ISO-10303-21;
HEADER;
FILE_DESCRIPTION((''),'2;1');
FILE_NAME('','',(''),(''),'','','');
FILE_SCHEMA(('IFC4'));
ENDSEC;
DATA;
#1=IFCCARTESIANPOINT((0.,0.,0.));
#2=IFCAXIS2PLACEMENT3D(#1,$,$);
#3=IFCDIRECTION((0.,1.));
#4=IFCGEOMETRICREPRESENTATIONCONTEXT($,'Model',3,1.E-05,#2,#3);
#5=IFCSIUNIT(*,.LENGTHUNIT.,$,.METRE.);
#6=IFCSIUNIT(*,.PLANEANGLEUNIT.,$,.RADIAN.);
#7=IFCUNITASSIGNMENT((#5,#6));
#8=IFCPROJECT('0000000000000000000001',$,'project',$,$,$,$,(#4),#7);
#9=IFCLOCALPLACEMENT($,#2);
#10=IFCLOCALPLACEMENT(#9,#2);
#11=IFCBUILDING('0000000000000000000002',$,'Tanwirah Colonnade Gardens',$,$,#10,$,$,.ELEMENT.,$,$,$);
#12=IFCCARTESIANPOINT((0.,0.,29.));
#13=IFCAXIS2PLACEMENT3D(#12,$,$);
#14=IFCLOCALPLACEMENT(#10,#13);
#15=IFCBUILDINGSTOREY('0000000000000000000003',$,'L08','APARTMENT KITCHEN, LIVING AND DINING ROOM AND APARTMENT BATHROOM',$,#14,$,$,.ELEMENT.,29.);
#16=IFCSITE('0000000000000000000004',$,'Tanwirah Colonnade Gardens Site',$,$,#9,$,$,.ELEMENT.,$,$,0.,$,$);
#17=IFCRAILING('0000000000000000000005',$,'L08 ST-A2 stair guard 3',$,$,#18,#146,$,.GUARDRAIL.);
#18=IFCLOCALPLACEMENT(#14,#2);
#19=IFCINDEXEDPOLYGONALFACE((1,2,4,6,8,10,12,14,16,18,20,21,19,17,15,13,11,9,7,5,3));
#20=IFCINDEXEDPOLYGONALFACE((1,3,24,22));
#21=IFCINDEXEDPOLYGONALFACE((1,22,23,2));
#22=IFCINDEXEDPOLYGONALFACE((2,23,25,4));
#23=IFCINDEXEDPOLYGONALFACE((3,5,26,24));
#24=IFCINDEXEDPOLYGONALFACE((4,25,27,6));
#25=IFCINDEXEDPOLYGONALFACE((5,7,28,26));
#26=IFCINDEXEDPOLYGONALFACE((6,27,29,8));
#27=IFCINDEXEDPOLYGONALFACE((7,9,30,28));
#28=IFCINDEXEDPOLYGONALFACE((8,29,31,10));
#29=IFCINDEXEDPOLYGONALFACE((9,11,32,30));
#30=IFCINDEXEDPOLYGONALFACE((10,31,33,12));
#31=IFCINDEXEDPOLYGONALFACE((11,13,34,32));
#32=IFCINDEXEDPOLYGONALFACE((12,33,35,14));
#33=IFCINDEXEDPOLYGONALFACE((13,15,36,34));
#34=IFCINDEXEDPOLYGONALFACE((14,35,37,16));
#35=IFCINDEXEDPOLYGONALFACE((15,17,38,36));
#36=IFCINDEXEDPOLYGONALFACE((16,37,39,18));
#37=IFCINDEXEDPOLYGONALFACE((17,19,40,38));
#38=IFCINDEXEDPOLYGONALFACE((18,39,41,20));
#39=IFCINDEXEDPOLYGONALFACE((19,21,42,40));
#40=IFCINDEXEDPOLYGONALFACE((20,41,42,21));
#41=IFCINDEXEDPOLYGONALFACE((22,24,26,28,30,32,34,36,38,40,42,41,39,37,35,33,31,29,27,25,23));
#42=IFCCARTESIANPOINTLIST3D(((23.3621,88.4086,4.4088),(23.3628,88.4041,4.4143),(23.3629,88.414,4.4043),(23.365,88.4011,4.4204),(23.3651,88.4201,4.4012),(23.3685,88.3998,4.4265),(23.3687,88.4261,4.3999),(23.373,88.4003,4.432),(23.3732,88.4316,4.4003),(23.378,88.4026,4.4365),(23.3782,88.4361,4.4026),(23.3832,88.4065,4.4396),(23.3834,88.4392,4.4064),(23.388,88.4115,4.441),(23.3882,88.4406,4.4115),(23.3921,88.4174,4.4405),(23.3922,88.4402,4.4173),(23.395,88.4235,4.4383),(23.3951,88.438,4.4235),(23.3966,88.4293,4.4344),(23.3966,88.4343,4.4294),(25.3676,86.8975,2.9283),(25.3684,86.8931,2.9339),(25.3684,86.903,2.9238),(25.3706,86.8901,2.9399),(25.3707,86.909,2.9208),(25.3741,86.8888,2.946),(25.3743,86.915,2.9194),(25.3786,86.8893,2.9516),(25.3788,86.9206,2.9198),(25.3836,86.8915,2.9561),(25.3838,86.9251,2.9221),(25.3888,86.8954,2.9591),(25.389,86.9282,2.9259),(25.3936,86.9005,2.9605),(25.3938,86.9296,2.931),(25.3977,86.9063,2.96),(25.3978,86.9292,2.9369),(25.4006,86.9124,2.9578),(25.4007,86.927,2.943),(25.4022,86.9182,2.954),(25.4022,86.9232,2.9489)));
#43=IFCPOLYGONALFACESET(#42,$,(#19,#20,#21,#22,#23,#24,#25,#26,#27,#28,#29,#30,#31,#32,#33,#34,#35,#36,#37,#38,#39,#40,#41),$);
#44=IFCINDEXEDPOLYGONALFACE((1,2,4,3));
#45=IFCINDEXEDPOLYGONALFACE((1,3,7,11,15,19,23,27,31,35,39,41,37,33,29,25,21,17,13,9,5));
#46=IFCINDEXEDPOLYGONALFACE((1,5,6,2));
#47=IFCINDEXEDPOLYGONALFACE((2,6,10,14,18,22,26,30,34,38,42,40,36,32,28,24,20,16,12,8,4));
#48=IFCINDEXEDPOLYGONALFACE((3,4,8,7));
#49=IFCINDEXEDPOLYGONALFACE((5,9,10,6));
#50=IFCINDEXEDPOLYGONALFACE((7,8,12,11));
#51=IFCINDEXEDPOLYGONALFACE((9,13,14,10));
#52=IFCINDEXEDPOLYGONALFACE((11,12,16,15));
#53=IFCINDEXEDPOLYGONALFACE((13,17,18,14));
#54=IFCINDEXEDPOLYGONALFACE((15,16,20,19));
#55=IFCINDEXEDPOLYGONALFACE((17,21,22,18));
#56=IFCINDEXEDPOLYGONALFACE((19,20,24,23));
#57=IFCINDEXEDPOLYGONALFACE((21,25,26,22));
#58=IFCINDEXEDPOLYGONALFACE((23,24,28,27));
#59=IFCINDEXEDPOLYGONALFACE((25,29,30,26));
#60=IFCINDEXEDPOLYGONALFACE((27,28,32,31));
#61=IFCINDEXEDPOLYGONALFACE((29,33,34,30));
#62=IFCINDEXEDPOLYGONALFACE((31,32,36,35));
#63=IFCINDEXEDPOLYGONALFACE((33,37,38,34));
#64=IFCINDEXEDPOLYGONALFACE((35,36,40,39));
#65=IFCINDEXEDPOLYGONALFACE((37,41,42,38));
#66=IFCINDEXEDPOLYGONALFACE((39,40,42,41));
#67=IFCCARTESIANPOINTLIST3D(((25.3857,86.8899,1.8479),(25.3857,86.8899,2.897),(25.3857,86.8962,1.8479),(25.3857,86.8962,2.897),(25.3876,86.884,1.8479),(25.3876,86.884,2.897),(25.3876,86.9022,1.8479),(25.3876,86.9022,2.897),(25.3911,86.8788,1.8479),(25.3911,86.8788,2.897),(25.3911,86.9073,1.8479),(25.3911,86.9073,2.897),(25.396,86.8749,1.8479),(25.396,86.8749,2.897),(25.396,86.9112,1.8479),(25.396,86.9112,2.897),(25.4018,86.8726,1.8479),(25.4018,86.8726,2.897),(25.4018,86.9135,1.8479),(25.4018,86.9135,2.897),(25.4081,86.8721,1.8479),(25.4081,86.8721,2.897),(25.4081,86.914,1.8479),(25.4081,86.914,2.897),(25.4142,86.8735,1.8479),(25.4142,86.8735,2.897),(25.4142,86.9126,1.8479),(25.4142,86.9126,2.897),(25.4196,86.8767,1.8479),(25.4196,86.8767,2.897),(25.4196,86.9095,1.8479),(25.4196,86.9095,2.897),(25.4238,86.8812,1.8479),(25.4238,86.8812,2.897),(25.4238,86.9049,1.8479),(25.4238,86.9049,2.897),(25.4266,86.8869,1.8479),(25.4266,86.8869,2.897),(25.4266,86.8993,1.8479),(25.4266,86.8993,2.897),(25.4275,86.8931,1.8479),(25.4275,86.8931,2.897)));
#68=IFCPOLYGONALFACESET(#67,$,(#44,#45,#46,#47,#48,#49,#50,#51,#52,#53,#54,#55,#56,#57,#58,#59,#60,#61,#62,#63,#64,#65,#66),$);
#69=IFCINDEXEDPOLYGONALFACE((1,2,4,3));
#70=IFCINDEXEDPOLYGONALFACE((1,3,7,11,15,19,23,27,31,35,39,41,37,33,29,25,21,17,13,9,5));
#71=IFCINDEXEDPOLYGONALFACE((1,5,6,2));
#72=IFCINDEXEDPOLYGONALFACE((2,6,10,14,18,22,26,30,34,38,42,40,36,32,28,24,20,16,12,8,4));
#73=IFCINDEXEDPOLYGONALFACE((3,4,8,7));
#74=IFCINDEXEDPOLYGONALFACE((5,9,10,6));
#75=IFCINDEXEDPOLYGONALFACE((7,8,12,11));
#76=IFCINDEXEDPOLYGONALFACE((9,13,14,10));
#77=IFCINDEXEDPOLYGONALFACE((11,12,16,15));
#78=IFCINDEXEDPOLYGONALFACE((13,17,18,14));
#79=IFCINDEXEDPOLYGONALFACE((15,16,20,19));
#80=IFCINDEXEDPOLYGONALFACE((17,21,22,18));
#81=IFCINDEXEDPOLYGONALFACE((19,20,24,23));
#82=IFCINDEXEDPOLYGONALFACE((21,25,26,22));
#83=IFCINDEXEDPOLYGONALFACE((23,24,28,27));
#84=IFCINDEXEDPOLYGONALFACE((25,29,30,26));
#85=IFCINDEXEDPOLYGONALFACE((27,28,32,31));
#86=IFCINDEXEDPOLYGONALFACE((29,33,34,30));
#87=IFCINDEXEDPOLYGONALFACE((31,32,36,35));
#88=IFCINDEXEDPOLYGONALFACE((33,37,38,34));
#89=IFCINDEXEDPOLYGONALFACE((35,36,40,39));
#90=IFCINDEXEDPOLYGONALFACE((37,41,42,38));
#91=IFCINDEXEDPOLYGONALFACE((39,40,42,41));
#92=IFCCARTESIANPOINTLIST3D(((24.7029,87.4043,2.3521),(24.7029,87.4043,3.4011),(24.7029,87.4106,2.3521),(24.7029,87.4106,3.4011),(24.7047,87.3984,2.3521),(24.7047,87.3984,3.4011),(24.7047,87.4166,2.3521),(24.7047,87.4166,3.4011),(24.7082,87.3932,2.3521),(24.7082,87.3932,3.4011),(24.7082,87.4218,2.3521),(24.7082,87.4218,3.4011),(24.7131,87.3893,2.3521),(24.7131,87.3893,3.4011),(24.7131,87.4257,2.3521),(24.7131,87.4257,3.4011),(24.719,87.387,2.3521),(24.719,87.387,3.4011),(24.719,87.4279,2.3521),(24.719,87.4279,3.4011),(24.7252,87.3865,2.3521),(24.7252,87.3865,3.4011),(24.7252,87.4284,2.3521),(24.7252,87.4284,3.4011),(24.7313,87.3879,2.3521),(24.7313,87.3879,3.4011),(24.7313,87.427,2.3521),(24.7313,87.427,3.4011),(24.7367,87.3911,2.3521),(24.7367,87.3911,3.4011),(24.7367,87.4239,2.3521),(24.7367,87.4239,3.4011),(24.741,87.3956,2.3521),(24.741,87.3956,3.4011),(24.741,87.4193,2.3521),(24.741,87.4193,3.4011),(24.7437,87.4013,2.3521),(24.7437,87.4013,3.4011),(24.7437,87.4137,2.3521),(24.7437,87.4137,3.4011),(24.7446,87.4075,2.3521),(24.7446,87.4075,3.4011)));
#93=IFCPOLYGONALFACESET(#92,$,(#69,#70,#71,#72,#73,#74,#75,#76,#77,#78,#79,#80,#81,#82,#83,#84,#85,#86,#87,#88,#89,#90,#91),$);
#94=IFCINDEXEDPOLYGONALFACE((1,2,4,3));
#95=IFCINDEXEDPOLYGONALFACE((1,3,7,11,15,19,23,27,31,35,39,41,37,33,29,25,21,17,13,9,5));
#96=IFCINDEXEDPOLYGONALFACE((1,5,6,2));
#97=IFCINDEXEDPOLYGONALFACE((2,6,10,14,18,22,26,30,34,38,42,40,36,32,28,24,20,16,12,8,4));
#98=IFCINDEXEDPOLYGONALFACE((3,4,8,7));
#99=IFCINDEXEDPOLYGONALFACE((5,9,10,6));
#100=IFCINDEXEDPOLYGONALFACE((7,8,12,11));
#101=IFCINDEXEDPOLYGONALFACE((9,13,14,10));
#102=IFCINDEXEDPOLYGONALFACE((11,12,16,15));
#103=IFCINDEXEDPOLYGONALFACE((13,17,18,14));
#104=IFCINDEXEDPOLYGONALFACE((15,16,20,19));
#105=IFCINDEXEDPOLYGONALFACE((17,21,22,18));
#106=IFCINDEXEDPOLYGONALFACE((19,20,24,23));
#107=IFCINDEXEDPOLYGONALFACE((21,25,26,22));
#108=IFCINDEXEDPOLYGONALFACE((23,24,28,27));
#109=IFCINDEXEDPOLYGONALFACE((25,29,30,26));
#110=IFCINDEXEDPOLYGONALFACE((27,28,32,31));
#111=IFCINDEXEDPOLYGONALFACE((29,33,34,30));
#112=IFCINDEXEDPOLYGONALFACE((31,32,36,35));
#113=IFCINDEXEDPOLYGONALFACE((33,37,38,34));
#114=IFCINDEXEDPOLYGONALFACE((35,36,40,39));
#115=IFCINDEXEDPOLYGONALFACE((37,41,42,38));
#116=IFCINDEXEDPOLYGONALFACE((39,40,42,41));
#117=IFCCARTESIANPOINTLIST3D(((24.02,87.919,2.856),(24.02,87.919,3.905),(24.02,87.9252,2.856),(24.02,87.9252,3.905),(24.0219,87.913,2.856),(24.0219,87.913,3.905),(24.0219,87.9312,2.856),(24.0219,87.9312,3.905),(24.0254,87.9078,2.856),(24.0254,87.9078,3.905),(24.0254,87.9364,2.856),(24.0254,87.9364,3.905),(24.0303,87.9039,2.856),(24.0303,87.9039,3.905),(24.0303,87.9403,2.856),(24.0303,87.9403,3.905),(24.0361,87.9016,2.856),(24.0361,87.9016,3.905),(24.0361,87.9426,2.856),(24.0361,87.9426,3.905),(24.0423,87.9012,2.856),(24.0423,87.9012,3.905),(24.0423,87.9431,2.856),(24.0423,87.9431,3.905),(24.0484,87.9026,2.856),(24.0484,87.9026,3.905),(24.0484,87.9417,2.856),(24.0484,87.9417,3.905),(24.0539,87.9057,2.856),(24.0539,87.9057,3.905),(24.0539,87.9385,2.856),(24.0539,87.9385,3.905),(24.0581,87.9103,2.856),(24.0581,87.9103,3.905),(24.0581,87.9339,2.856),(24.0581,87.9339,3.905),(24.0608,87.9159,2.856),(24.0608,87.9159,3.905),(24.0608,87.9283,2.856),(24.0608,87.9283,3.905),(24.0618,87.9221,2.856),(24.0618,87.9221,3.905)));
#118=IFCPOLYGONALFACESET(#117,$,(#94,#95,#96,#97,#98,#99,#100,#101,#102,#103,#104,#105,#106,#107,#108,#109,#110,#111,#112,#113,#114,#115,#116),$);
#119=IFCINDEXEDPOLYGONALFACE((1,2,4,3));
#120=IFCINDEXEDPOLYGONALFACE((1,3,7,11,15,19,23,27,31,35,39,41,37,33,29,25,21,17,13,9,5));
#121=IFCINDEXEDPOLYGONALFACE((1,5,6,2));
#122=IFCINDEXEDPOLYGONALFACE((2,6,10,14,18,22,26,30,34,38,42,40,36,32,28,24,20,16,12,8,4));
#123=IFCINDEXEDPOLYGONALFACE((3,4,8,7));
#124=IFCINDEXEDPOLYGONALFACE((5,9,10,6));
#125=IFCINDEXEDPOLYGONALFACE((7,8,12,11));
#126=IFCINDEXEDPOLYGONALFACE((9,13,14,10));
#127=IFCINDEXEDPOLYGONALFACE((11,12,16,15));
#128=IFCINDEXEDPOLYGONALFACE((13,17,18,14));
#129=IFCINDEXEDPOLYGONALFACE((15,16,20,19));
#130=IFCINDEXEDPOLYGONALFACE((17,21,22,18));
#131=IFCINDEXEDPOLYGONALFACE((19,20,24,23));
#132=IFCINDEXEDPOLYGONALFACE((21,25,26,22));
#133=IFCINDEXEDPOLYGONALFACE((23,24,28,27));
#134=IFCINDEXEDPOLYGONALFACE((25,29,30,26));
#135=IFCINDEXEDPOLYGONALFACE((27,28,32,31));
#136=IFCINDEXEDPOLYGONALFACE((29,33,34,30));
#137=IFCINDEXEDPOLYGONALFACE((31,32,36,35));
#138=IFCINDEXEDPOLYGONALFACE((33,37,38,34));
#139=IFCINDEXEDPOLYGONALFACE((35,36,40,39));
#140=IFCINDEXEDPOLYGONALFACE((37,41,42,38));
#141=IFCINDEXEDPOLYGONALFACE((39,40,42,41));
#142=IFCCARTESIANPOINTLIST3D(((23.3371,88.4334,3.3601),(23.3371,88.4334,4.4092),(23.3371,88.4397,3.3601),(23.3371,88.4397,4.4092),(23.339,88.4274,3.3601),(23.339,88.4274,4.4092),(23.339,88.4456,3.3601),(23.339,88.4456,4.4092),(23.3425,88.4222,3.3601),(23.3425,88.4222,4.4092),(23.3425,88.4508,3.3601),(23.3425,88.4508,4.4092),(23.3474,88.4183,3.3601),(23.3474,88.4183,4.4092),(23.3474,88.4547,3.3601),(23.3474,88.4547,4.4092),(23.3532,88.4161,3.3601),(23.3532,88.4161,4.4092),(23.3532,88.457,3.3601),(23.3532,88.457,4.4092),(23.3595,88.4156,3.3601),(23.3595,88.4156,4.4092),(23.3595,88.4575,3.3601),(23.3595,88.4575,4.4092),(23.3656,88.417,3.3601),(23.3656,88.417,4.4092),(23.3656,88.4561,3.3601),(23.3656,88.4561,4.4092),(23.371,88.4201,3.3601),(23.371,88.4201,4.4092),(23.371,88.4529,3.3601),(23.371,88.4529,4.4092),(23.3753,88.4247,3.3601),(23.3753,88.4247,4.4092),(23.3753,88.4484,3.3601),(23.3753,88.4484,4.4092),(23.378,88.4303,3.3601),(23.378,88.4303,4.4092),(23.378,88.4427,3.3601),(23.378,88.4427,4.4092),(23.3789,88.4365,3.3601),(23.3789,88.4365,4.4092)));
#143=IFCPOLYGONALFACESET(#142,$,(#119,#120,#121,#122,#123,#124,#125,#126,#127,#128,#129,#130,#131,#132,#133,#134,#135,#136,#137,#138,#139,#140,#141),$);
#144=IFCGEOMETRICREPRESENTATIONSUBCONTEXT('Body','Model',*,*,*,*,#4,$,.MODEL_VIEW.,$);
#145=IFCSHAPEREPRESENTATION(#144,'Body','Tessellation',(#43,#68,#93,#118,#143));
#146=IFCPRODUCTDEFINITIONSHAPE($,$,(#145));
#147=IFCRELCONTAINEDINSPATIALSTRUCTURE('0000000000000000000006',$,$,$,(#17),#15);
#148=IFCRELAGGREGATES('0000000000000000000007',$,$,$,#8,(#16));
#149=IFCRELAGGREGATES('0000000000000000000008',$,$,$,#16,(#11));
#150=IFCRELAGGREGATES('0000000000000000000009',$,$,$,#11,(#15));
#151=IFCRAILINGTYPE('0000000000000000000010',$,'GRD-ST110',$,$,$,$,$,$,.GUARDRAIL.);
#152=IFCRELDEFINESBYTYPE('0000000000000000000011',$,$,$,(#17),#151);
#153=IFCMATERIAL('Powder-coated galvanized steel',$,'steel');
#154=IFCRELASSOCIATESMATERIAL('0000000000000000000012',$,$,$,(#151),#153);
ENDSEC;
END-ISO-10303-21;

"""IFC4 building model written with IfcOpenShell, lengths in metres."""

from ifc_helpers import new_model, si_unit, direction, frame, origin, origin_2d, place, context, subcontext, project, spatial, circle, extrude, material, type_object, element, save


model = new_model("IFC4")

# Units and contexts
model_context = context("Model", 3, precision=1e-05, world=origin(), true_north=direction((0.0, 1.0)))
body_context = subcontext(model_context, "Body", "Model", "MODEL_VIEW")
ifc_project = project(units=[si_unit("LENGTHUNIT", "METRE"), si_unit("PLANEANGLEUNIT", "RADIAN")], contexts=[model_context])

# Site, building, storey
site_placement = place(None, origin())
site = spatial("IfcSite", under=ifc_project, at=site_placement, Name="Tanwirah Colonnade Gardens Site", CompositionType="ELEMENT", RefElevation=0.0)
building_placement = place(site_placement, origin())
building = spatial("IfcBuilding", under=site, at=building_placement, Name="Tanwirah Colonnade Gardens", CompositionType="ELEMENT")
storey_placement = place(building_placement, frame((0.0, 0.0, 29.0)))
storey = spatial("IfcBuildingStorey", under=building, at=storey_placement, Name="L08", Description="APARTMENT KITCHEN, LIVING AND DINING ROOM AND APARTMENT BATHROOM", CompositionType="ELEMENT", Elevation=29.0)

# Railing
ifc_material_1 = material(Name="Powder-coated galvanized steel", Category="steel")
railing_type_1 = type_object("IfcRailingType", Name="GRD-ST110", PredefinedType="GUARDRAIL", material=ifc_material_1)
railing_1_placement = place(storey_placement, frame((25.4065, 86.8931, 1.8479)))
element("IfcRailing", 1, at=railing_1_placement, inside=storey, type_object=railing_type_1, Name="L08 ST-A2 stair guard 3", PredefinedType="GUARDRAIL", context=body_context, shape_type="SweptSolid", body=[
    extrude(circle(Radius=0.0239, at=origin_2d()), frame((-0.0215, 0.0161, 1.092), z_axis=(-0.688013, 0.518367, 0.507872), x_axis=(-0.60175, -0.798685, 0.0)), (0.0, 0.0, 1.0), 2.915),
    extrude(circle(Radius=0.021, at=origin_2d()), origin(), (0.0, 0.0, 1.0), 1.0491),
    extrude(circle(Radius=0.021, at=origin_2d()), frame((-0.6829, 0.5144, 0.5042)), (0.0, 0.0, 1.0), 1.0491),
    extrude(circle(Radius=0.021, at=origin_2d()), frame((-1.3657, 1.0291, 1.0081)), (0.0, 0.0, 1.0), 1.0491),
    extrude(circle(Radius=0.021, at=origin_2d()), frame((-2.0486, 1.5435, 1.5122)), (0.0, 0.0, 1.0), 1.0491),
])

save(model, "model.ifc")
